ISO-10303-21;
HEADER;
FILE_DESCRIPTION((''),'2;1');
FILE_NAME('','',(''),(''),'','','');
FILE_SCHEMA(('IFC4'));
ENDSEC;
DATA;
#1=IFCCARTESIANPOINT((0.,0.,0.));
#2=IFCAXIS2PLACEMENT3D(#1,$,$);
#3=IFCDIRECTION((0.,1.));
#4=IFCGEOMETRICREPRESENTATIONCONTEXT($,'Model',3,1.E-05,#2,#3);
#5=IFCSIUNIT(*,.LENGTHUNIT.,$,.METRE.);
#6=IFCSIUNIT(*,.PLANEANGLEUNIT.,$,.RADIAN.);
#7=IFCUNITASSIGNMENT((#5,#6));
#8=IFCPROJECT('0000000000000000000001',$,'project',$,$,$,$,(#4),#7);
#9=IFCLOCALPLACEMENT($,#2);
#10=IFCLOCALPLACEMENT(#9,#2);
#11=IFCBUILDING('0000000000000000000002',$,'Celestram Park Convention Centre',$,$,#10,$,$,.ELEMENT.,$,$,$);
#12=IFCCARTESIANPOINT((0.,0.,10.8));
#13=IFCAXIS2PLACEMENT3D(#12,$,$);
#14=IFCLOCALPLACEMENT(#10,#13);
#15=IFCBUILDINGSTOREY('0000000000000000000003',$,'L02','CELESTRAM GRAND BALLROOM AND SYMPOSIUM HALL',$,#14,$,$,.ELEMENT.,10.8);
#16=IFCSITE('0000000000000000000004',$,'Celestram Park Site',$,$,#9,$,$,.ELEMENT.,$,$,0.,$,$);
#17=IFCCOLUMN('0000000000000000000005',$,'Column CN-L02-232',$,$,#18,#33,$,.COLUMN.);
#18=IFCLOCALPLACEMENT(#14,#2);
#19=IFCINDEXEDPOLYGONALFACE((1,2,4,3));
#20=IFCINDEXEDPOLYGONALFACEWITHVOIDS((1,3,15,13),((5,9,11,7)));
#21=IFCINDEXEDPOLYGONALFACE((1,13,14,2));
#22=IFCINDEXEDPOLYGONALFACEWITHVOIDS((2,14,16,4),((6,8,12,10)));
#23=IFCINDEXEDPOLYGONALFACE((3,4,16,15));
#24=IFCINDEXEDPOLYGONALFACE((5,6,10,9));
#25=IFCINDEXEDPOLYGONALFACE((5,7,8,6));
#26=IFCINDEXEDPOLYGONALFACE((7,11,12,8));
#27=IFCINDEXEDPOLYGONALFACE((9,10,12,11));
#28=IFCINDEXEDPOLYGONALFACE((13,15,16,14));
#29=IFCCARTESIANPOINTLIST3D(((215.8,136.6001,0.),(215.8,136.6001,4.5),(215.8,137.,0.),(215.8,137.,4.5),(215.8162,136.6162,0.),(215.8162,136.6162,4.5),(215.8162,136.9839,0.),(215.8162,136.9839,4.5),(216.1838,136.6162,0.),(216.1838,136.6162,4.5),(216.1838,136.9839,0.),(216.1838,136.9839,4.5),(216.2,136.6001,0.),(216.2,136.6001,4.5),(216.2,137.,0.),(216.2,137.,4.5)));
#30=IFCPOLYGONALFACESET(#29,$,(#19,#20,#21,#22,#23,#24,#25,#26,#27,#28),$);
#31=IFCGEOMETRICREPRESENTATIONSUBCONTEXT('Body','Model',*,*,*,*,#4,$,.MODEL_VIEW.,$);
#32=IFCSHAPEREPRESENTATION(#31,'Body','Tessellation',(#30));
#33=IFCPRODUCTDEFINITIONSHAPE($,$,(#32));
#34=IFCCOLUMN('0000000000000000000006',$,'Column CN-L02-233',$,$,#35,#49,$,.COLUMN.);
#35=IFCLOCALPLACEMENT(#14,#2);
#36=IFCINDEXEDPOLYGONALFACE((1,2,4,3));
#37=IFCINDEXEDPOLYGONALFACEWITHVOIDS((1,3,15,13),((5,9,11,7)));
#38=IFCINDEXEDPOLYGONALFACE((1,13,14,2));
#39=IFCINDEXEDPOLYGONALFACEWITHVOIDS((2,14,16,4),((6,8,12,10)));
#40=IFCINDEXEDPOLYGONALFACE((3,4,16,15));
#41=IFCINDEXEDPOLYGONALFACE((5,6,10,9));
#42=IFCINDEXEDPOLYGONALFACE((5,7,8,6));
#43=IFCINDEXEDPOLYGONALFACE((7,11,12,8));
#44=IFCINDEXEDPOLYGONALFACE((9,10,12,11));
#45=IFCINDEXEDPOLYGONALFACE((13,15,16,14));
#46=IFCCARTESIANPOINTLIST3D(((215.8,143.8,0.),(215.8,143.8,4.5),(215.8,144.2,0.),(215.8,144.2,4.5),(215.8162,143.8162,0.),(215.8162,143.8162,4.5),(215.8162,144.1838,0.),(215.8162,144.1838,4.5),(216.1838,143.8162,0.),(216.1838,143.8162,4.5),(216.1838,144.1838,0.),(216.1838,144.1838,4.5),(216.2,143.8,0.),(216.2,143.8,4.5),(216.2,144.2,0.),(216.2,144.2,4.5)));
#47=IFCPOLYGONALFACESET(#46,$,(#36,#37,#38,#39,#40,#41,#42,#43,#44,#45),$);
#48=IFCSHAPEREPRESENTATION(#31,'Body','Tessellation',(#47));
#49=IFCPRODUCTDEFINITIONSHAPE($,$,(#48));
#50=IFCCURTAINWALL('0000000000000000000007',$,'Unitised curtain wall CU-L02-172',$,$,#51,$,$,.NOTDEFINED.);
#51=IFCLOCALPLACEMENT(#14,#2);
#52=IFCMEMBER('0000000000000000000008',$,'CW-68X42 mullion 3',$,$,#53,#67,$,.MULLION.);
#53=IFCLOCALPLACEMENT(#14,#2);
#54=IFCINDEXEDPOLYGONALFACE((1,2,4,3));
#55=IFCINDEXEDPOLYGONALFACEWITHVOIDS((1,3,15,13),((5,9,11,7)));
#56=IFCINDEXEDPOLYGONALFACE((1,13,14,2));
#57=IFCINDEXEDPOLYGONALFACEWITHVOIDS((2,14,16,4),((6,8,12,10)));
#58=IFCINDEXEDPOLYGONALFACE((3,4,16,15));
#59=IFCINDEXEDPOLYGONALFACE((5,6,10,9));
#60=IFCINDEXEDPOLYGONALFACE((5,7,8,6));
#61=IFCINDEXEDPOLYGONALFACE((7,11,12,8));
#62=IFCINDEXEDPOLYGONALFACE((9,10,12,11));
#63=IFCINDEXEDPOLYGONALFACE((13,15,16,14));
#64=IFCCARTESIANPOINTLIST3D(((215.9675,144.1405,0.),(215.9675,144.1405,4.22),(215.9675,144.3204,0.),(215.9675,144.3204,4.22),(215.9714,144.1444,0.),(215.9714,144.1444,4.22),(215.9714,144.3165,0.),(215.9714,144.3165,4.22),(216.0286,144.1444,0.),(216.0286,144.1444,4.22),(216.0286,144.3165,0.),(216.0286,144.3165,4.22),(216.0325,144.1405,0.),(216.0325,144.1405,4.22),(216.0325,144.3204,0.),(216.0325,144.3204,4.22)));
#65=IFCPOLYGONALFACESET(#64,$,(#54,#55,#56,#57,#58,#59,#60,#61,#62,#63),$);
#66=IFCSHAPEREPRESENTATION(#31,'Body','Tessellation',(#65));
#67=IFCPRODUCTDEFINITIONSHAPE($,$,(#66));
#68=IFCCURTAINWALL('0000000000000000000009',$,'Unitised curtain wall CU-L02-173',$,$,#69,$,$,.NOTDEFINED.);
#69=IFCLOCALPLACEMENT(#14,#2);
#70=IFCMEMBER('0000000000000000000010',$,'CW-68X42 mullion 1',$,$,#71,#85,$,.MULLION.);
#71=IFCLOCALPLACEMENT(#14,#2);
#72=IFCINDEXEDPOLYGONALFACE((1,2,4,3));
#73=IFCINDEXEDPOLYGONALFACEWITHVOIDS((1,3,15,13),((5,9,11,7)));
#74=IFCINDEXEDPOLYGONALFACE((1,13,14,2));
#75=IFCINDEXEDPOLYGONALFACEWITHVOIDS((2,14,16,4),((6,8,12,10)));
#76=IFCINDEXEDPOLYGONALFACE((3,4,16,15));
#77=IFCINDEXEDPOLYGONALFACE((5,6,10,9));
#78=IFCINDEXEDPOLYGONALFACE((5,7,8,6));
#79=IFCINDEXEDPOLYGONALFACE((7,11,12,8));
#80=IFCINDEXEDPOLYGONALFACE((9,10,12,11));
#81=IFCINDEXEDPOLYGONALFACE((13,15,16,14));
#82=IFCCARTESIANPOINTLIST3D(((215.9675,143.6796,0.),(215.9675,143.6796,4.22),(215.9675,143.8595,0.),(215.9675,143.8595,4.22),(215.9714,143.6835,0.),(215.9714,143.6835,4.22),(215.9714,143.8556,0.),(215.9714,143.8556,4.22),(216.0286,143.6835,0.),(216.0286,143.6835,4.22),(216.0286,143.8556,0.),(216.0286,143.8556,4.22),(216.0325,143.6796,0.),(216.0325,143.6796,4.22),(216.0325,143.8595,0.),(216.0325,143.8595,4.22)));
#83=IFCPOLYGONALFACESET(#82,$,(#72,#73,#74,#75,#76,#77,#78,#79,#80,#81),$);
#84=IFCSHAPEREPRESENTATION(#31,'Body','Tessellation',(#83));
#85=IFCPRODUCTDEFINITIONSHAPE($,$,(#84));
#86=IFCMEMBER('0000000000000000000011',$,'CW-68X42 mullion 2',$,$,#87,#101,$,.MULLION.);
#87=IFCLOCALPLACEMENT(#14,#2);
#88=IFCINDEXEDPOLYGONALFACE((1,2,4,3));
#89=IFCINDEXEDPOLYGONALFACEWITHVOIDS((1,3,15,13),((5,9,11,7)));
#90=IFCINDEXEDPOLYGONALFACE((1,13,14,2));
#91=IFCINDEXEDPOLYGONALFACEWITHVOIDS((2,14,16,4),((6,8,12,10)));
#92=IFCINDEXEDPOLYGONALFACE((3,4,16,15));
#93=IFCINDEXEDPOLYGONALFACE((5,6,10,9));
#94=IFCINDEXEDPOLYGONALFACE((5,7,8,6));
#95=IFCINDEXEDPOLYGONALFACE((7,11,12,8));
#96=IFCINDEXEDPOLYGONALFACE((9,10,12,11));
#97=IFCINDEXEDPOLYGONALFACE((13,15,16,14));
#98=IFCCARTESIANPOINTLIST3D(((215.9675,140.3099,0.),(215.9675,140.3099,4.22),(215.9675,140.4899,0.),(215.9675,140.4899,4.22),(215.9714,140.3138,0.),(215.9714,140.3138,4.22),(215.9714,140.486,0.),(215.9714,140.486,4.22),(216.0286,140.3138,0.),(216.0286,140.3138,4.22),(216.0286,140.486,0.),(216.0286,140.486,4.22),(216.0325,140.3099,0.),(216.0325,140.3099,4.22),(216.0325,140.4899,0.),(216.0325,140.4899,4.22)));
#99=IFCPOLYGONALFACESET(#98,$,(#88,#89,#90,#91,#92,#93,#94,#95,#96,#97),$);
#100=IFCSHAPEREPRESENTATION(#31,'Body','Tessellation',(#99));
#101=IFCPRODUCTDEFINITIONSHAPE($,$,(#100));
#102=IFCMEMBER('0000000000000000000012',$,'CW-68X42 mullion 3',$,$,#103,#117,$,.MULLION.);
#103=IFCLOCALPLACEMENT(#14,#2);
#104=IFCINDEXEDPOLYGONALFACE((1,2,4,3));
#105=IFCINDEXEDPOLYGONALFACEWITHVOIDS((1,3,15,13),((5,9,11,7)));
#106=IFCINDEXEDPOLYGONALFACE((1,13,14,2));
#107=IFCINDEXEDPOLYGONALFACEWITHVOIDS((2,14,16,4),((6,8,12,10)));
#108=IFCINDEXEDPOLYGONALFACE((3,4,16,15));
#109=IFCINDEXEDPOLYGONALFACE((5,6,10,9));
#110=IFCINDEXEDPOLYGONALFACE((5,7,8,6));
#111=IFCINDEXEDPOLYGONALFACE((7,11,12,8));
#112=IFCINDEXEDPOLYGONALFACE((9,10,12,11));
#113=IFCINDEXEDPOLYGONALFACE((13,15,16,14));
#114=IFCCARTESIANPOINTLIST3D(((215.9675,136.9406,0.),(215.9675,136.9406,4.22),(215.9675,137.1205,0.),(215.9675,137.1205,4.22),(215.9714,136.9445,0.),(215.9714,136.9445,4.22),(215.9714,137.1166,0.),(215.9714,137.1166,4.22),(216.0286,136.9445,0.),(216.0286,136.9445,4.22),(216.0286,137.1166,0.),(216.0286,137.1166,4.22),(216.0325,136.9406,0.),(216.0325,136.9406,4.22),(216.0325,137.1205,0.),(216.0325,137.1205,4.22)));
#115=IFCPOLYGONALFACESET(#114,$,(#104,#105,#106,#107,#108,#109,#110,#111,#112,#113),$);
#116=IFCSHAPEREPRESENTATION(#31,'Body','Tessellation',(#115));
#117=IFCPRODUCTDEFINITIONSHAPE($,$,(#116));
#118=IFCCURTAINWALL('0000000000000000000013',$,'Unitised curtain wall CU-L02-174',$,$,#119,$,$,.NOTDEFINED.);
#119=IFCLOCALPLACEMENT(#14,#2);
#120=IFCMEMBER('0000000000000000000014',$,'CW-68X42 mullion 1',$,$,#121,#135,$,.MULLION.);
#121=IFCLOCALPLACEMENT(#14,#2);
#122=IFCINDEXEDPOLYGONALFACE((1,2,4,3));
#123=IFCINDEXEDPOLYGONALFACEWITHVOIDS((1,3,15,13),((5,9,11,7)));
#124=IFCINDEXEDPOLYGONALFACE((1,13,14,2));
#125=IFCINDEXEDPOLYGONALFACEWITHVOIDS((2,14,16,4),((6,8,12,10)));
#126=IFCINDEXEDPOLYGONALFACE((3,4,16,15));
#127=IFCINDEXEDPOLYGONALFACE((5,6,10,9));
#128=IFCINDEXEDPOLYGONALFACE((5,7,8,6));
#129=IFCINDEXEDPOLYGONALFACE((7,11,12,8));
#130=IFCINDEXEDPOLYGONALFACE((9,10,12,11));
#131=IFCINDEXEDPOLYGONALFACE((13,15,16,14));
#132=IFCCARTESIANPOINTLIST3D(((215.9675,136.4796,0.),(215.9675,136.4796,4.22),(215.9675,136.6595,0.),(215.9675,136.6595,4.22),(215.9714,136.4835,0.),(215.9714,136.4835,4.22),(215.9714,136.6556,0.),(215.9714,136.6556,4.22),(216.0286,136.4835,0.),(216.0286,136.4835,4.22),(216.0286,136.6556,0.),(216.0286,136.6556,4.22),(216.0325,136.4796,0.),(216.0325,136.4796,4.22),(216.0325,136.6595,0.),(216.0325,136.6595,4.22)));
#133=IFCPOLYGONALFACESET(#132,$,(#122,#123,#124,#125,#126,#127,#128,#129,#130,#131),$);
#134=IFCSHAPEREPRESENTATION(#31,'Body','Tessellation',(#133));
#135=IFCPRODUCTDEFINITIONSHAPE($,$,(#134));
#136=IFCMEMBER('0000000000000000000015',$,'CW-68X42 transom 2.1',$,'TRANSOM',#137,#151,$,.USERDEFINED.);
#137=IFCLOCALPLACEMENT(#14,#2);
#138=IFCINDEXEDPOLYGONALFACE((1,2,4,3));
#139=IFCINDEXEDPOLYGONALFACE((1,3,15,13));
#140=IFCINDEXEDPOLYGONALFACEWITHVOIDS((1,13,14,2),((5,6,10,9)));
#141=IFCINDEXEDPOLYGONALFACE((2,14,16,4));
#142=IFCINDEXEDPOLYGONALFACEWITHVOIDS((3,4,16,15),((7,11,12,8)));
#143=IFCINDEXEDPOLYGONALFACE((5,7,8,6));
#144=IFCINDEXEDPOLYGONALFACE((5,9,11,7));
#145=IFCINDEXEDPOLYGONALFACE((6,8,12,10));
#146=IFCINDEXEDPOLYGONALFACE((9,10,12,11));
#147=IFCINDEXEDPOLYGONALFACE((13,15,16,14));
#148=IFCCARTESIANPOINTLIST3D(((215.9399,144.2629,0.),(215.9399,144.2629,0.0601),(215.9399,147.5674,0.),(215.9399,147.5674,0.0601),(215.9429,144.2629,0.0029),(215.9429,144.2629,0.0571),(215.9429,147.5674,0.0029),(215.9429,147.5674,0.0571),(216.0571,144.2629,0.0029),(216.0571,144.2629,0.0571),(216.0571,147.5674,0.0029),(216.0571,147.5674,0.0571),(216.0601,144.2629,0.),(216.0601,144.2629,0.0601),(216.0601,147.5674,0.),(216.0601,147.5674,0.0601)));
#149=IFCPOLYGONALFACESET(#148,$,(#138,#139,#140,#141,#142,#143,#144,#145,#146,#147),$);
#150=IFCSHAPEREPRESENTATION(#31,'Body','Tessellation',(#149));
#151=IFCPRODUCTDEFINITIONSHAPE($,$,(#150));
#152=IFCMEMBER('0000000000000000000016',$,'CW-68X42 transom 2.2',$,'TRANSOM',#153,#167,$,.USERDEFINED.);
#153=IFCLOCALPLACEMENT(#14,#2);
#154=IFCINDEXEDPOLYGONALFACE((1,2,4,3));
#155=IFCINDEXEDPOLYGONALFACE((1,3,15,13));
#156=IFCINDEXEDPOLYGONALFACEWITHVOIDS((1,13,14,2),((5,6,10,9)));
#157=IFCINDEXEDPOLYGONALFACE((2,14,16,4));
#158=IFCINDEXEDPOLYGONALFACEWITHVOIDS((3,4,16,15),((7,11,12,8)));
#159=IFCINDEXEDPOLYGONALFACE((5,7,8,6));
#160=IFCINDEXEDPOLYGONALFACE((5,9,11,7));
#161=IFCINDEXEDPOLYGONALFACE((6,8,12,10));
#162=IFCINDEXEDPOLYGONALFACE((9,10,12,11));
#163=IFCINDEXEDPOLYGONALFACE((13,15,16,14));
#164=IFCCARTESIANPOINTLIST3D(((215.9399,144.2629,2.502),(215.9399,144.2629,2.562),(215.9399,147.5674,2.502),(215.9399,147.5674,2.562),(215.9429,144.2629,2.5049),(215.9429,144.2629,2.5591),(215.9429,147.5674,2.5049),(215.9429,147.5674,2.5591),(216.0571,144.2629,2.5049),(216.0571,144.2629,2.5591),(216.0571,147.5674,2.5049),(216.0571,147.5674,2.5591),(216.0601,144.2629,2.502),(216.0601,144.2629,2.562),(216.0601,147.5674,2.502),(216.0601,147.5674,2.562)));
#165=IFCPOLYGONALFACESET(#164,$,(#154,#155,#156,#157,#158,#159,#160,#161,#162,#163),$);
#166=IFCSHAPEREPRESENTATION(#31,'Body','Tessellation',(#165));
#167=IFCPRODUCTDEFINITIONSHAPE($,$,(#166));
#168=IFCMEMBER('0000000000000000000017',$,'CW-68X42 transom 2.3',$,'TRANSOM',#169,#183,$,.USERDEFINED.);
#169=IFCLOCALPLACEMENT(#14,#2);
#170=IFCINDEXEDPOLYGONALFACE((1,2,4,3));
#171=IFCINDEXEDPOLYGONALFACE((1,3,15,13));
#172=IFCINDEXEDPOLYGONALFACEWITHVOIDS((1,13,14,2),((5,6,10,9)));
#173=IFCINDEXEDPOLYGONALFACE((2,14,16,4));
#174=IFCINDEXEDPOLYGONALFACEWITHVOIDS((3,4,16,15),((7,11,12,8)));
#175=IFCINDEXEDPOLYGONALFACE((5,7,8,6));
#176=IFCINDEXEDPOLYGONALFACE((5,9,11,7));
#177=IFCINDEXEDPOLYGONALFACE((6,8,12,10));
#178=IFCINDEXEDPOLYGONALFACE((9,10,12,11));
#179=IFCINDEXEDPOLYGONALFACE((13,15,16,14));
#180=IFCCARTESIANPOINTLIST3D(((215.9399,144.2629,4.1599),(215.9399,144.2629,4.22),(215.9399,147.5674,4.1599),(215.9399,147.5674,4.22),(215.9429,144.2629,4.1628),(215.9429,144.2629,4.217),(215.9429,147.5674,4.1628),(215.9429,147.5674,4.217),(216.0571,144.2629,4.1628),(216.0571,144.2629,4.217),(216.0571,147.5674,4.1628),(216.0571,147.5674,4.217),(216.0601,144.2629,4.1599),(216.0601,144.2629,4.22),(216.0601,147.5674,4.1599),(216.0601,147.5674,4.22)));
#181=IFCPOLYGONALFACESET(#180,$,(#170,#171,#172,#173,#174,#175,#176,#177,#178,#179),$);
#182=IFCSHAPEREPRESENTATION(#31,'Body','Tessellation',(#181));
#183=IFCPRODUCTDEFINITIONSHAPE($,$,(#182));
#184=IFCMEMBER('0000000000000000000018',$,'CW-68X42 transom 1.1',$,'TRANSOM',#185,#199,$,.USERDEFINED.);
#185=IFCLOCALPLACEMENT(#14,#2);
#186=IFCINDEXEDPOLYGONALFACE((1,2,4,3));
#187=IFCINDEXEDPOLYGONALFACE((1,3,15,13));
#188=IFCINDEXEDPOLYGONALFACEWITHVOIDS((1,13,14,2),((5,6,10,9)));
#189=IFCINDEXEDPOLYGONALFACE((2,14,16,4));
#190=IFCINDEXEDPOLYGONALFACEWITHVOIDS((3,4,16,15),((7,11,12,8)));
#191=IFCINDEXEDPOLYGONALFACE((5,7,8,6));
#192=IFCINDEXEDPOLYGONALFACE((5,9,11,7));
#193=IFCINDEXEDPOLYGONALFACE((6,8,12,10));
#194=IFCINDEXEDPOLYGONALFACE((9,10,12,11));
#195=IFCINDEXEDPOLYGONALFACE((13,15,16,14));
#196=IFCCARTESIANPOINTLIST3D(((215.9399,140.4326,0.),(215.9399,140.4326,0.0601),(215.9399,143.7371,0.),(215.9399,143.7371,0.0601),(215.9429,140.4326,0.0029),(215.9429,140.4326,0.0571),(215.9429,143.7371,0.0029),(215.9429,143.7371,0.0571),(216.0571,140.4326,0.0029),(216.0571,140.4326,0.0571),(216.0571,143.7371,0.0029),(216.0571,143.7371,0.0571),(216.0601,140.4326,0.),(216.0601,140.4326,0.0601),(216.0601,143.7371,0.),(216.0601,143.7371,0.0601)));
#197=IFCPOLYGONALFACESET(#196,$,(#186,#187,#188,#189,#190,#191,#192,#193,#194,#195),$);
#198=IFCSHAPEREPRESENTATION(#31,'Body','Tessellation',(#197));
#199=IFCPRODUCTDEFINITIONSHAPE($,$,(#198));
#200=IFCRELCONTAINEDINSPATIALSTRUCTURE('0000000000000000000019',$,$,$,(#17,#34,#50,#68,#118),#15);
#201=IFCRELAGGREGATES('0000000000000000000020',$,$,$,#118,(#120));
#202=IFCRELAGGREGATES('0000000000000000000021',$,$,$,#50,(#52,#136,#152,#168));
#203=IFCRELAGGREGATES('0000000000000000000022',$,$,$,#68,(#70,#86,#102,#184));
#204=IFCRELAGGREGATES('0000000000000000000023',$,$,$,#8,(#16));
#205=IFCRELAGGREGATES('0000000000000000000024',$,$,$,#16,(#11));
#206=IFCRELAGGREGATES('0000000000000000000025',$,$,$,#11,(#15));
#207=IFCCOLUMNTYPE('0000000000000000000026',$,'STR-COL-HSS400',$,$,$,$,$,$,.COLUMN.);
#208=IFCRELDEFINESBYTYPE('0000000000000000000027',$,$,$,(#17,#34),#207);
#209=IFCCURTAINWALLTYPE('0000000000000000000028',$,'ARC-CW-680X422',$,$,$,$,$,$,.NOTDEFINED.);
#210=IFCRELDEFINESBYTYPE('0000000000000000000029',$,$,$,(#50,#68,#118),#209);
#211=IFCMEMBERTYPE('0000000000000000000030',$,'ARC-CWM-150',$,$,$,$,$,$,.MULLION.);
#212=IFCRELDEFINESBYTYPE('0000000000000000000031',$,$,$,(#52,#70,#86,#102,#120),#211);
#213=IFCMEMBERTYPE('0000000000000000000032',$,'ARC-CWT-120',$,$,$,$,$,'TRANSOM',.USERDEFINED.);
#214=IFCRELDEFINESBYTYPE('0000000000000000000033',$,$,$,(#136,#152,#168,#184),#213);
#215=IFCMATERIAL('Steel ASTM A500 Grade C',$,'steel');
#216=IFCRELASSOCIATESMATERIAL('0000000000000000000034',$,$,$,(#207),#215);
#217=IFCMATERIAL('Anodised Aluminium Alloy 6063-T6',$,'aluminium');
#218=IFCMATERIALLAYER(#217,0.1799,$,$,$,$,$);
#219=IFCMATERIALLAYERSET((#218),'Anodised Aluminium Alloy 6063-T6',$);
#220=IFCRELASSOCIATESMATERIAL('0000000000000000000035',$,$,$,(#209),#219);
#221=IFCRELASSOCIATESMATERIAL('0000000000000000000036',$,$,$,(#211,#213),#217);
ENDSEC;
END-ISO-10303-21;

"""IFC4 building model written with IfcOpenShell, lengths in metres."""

from ifc_helpers import new_model, si_unit, direction, frame, origin, origin_2d, place, context, subcontext, project, spatial, hollow_rectangle, extrude, material, layer, layer_set, material_profile, profile_set, type_object, element, aggregate, save


model = new_model("IFC4")

# Units and contexts
model_context = context("Model", 3, precision=1e-05, world=origin(), true_north=direction((0.0, 1.0)))
body_context = subcontext(model_context, "Body", "Model", "MODEL_VIEW")
ifc_project = project(units=[si_unit("LENGTHUNIT", "METRE"), si_unit("PLANEANGLEUNIT", "RADIAN")], contexts=[model_context])

# Site, building, storey
site_placement = place(None, origin())
site = spatial("IfcSite", under=ifc_project, at=site_placement, Name="Celestram Park Site", CompositionType="ELEMENT", RefElevation=0.0)
building_placement = place(site_placement, origin())
building = spatial("IfcBuilding", under=site, at=building_placement, Name="Celestram Park Convention Centre", CompositionType="ELEMENT")
storey_placement = place(building_placement, frame((0.0, 0.0, 10.8)))
storey = spatial("IfcBuildingStorey", under=building, at=storey_placement, Name="L02", Description="CELESTRAM GRAND BALLROOM AND SYMPOSIUM HALL", CompositionType="ELEMENT", Elevation=10.8)

# Columns
ifc_material_1 = material(Name="Steel ASTM A500 Grade C", Category="steel")
ifc_material_profile_1 = material_profile(ifc_material_1, hollow_rectangle(XDim=0.3999, YDim=0.3999, WallThickness=0.0161, at=origin_2d()), Name="HSS400X400X16")
ifc_profile_set_1 = profile_set([ifc_material_profile_1], Name="Steel ASTM A500 Grade C")
column_type = type_object("IfcColumnType", Name="STR-COL-HSS400", PredefinedType="COLUMN", material=ifc_profile_set_1)
for number, where, z_axis, x_axis, name in (
    (1, (216.0, 136.8, 0.0), (0.0, 0.0, 1.0), (1.0, 0.0, 0.0), "Column CN-L02-232"),
    (2, (216.0, 144.0, 0.0), (0.0, 0.0, 1.0), (1.0, 0.0, 0.0), "Column CN-L02-233"),
):
    element("IfcColumn", number, at=place(storey_placement, frame(where, z_axis=z_axis, x_axis=x_axis)), inside=storey, type_object=column_type, Name=name, PredefinedType="COLUMN", context=body_context, shape_type="SweptSolid", body=[
        extrude(hollow_rectangle(XDim=0.3999, YDim=0.3999, WallThickness=0.0161, at=origin_2d()), origin(), (0.0, 0.0, 1.0), 4.5),
    ])

# Curtain wall, member
ifc_material_2 = material(Name="Anodised Aluminium Alloy 6063-T6", Category="aluminium")
ifc_layer_1 = layer(ifc_material_2, 0.1799)
ifc_layer_set_1 = layer_set([ifc_layer_1], Name="Anodised Aluminium Alloy 6063-T6")
curtain_wall_type = type_object("IfcCurtainWallType", Name="ARC-CW-680X422", PredefinedType="NOTDEFINED", material=ifc_layer_set_1)
curtain_wall_1_placement = place(storey_placement, origin())
curtain_wall_1 = element("IfcCurtainWall", 3, at=curtain_wall_1_placement, inside=storey, type_object=curtain_wall_type, Name="Unitised curtain wall CU-L02-172", PredefinedType="NOTDEFINED")
ifc_material_profile_2 = material_profile(ifc_material_2, hollow_rectangle(XDim=0.0649, YDim=0.1799, WallThickness=0.0039, at=origin_2d()), Name="ALU65X180X4")
ifc_profile_set_2 = profile_set([ifc_material_profile_2], Name="Anodised Aluminium Alloy 6063-T6")
member_type_1 = type_object("IfcMemberType", Name="ARC-CWM-150", PredefinedType="MULLION", material=ifc_profile_set_2)
member_1_placement = place(storey_placement, frame((216.0, 144.2305, 0.0), z_axis=(0.0, 0.0, 1.0), x_axis=(1.0, 0.0, 0.0)))
member_1 = element("IfcMember", 4, at=member_1_placement, type_object=member_type_1, Name="CW-68X42 mullion 3", PredefinedType="MULLION", context=body_context, shape_type="SweptSolid", body=[
    extrude(hollow_rectangle(XDim=0.0649, YDim=0.1799, WallThickness=0.0039, at=origin_2d()), origin(), (0.0, 0.0, 1.0), 4.22),
])

# Curtain wall, members
curtain_wall_2_placement = place(storey_placement, origin())
curtain_wall_2 = element("IfcCurtainWall", 5, at=curtain_wall_2_placement, inside=storey, type_object=curtain_wall_type, Name="Unitised curtain wall CU-L02-173", PredefinedType="NOTDEFINED")
member_2_placement = place(storey_placement, frame((216.0, 143.7695, 0.0), z_axis=(0.0, 0.0, 1.0), x_axis=(1.0, 0.0, 0.0)))
member_2 = element("IfcMember", 6, at=member_2_placement, type_object=member_type_1, Name="CW-68X42 mullion 1", PredefinedType="MULLION", context=body_context, shape_type="SweptSolid", body=[
    extrude(hollow_rectangle(XDim=0.0649, YDim=0.1799, WallThickness=0.0039, at=origin_2d()), origin(), (0.0, 0.0, 1.0), 4.22),
])
member_3_placement = place(storey_placement, frame((216.0, 140.3999, 0.0), z_axis=(0.0, 0.0, 1.0), x_axis=(1.0, 0.0, 0.0)))
member_3 = element("IfcMember", 7, at=member_3_placement, type_object=member_type_1, Name="CW-68X42 mullion 2", PredefinedType="MULLION", context=body_context, shape_type="SweptSolid", body=[
    extrude(hollow_rectangle(XDim=0.0649, YDim=0.1799, WallThickness=0.0039, at=origin_2d()), origin(), (0.0, 0.0, 1.0), 4.22),
])
member_4_placement = place(storey_placement, frame((216.0, 137.0305, 0.0), z_axis=(0.0, 0.0, 1.0), x_axis=(1.0, 0.0, 0.0)))
member_4 = element("IfcMember", 8, at=member_4_placement, type_object=member_type_1, Name="CW-68X42 mullion 3", PredefinedType="MULLION", context=body_context, shape_type="SweptSolid", body=[
    extrude(hollow_rectangle(XDim=0.0649, YDim=0.1799, WallThickness=0.0039, at=origin_2d()), origin(), (0.0, 0.0, 1.0), 4.22),
])

# Curtain wall, member
curtain_wall_3_placement = place(storey_placement, origin())
curtain_wall_3 = element("IfcCurtainWall", 9, at=curtain_wall_3_placement, inside=storey, type_object=curtain_wall_type, Name="Unitised curtain wall CU-L02-174", PredefinedType="NOTDEFINED")
member_5_placement = place(storey_placement, frame((216.0, 136.5696, 0.0), z_axis=(0.0, 0.0, 1.0), x_axis=(1.0, 0.0, 0.0)))
member_5 = element("IfcMember", 10, at=member_5_placement, type_object=member_type_1, Name="CW-68X42 mullion 1", PredefinedType="MULLION", context=body_context, shape_type="SweptSolid", body=[
    extrude(hollow_rectangle(XDim=0.0649, YDim=0.1799, WallThickness=0.0039, at=origin_2d()), origin(), (0.0, 0.0, 1.0), 4.22),
])

# Members
ifc_material_profile_3 = material_profile(ifc_material_2, hollow_rectangle(XDim=0.1201, YDim=0.0601, WallThickness=0.0029, at=origin_2d()), Name="ALU120X60X3")
ifc_profile_set_3 = profile_set([ifc_material_profile_3], Name="Anodised Aluminium Alloy 6063-T6")
member_type_2 = type_object("IfcMemberType", Name="ARC-CWT-120", ElementType="TRANSOM", PredefinedType="USERDEFINED", material=ifc_profile_set_3)
member_6_placement = place(storey_placement, frame((216.0, 147.5674, 0.03), z_axis=(0.0, -1.0, 0.0), x_axis=(1.0, 0.0, 0.0)))
member_6 = element("IfcMember", 11, at=member_6_placement, type_object=member_type_2, Name="CW-68X42 transom 2.1", ObjectType="TRANSOM", PredefinedType="USERDEFINED", context=body_context, shape_type="SweptSolid", body=[
    extrude(hollow_rectangle(XDim=0.1201, YDim=0.0601, WallThickness=0.0029, at=origin_2d()), origin(), (0.0, 0.0, 1.0), 3.3044),
])
member_7_placement = place(storey_placement, frame((216.0, 147.5674, 2.532), z_axis=(0.0, -1.0, 0.0), x_axis=(1.0, 0.0, 0.0)))
member_7 = element("IfcMember", 12, at=member_7_placement, type_object=member_type_2, Name="CW-68X42 transom 2.2", ObjectType="TRANSOM", PredefinedType="USERDEFINED", context=body_context, shape_type="SweptSolid", body=[
    extrude(hollow_rectangle(XDim=0.1201, YDim=0.0601, WallThickness=0.0029, at=origin_2d()), origin(), (0.0, 0.0, 1.0), 3.3044),
])
member_8_placement = place(storey_placement, frame((216.0, 147.5674, 4.1899), z_axis=(0.0, -1.0, 0.0), x_axis=(1.0, 0.0, 0.0)))
member_8 = element("IfcMember", 13, at=member_8_placement, type_object=member_type_2, Name="CW-68X42 transom 2.3", ObjectType="TRANSOM", PredefinedType="USERDEFINED", context=body_context, shape_type="SweptSolid", body=[
    extrude(hollow_rectangle(XDim=0.1201, YDim=0.0601, WallThickness=0.0029, at=origin_2d()), origin(), (0.0, 0.0, 1.0), 3.3044),
])
member_9_placement = place(storey_placement, frame((216.0, 143.7371, 0.03), z_axis=(0.0, -1.0, 0.0), x_axis=(1.0, 0.0, 0.0)))
member_9 = element("IfcMember", 14, at=member_9_placement, type_object=member_type_2, Name="CW-68X42 transom 1.1", ObjectType="TRANSOM", PredefinedType="USERDEFINED", context=body_context, shape_type="SweptSolid", body=[
    extrude(hollow_rectangle(XDim=0.1201, YDim=0.0601, WallThickness=0.0029, at=origin_2d()), origin(), (0.0, 0.0, 1.0), 3.3044),
])
aggregate(curtain_wall_3, [member_5])

aggregate(curtain_wall_1, [member_1, member_6, member_7, member_8])
aggregate(curtain_wall_2, [member_2, member_3, member_4, member_9])

save(model, "model.ifc")
